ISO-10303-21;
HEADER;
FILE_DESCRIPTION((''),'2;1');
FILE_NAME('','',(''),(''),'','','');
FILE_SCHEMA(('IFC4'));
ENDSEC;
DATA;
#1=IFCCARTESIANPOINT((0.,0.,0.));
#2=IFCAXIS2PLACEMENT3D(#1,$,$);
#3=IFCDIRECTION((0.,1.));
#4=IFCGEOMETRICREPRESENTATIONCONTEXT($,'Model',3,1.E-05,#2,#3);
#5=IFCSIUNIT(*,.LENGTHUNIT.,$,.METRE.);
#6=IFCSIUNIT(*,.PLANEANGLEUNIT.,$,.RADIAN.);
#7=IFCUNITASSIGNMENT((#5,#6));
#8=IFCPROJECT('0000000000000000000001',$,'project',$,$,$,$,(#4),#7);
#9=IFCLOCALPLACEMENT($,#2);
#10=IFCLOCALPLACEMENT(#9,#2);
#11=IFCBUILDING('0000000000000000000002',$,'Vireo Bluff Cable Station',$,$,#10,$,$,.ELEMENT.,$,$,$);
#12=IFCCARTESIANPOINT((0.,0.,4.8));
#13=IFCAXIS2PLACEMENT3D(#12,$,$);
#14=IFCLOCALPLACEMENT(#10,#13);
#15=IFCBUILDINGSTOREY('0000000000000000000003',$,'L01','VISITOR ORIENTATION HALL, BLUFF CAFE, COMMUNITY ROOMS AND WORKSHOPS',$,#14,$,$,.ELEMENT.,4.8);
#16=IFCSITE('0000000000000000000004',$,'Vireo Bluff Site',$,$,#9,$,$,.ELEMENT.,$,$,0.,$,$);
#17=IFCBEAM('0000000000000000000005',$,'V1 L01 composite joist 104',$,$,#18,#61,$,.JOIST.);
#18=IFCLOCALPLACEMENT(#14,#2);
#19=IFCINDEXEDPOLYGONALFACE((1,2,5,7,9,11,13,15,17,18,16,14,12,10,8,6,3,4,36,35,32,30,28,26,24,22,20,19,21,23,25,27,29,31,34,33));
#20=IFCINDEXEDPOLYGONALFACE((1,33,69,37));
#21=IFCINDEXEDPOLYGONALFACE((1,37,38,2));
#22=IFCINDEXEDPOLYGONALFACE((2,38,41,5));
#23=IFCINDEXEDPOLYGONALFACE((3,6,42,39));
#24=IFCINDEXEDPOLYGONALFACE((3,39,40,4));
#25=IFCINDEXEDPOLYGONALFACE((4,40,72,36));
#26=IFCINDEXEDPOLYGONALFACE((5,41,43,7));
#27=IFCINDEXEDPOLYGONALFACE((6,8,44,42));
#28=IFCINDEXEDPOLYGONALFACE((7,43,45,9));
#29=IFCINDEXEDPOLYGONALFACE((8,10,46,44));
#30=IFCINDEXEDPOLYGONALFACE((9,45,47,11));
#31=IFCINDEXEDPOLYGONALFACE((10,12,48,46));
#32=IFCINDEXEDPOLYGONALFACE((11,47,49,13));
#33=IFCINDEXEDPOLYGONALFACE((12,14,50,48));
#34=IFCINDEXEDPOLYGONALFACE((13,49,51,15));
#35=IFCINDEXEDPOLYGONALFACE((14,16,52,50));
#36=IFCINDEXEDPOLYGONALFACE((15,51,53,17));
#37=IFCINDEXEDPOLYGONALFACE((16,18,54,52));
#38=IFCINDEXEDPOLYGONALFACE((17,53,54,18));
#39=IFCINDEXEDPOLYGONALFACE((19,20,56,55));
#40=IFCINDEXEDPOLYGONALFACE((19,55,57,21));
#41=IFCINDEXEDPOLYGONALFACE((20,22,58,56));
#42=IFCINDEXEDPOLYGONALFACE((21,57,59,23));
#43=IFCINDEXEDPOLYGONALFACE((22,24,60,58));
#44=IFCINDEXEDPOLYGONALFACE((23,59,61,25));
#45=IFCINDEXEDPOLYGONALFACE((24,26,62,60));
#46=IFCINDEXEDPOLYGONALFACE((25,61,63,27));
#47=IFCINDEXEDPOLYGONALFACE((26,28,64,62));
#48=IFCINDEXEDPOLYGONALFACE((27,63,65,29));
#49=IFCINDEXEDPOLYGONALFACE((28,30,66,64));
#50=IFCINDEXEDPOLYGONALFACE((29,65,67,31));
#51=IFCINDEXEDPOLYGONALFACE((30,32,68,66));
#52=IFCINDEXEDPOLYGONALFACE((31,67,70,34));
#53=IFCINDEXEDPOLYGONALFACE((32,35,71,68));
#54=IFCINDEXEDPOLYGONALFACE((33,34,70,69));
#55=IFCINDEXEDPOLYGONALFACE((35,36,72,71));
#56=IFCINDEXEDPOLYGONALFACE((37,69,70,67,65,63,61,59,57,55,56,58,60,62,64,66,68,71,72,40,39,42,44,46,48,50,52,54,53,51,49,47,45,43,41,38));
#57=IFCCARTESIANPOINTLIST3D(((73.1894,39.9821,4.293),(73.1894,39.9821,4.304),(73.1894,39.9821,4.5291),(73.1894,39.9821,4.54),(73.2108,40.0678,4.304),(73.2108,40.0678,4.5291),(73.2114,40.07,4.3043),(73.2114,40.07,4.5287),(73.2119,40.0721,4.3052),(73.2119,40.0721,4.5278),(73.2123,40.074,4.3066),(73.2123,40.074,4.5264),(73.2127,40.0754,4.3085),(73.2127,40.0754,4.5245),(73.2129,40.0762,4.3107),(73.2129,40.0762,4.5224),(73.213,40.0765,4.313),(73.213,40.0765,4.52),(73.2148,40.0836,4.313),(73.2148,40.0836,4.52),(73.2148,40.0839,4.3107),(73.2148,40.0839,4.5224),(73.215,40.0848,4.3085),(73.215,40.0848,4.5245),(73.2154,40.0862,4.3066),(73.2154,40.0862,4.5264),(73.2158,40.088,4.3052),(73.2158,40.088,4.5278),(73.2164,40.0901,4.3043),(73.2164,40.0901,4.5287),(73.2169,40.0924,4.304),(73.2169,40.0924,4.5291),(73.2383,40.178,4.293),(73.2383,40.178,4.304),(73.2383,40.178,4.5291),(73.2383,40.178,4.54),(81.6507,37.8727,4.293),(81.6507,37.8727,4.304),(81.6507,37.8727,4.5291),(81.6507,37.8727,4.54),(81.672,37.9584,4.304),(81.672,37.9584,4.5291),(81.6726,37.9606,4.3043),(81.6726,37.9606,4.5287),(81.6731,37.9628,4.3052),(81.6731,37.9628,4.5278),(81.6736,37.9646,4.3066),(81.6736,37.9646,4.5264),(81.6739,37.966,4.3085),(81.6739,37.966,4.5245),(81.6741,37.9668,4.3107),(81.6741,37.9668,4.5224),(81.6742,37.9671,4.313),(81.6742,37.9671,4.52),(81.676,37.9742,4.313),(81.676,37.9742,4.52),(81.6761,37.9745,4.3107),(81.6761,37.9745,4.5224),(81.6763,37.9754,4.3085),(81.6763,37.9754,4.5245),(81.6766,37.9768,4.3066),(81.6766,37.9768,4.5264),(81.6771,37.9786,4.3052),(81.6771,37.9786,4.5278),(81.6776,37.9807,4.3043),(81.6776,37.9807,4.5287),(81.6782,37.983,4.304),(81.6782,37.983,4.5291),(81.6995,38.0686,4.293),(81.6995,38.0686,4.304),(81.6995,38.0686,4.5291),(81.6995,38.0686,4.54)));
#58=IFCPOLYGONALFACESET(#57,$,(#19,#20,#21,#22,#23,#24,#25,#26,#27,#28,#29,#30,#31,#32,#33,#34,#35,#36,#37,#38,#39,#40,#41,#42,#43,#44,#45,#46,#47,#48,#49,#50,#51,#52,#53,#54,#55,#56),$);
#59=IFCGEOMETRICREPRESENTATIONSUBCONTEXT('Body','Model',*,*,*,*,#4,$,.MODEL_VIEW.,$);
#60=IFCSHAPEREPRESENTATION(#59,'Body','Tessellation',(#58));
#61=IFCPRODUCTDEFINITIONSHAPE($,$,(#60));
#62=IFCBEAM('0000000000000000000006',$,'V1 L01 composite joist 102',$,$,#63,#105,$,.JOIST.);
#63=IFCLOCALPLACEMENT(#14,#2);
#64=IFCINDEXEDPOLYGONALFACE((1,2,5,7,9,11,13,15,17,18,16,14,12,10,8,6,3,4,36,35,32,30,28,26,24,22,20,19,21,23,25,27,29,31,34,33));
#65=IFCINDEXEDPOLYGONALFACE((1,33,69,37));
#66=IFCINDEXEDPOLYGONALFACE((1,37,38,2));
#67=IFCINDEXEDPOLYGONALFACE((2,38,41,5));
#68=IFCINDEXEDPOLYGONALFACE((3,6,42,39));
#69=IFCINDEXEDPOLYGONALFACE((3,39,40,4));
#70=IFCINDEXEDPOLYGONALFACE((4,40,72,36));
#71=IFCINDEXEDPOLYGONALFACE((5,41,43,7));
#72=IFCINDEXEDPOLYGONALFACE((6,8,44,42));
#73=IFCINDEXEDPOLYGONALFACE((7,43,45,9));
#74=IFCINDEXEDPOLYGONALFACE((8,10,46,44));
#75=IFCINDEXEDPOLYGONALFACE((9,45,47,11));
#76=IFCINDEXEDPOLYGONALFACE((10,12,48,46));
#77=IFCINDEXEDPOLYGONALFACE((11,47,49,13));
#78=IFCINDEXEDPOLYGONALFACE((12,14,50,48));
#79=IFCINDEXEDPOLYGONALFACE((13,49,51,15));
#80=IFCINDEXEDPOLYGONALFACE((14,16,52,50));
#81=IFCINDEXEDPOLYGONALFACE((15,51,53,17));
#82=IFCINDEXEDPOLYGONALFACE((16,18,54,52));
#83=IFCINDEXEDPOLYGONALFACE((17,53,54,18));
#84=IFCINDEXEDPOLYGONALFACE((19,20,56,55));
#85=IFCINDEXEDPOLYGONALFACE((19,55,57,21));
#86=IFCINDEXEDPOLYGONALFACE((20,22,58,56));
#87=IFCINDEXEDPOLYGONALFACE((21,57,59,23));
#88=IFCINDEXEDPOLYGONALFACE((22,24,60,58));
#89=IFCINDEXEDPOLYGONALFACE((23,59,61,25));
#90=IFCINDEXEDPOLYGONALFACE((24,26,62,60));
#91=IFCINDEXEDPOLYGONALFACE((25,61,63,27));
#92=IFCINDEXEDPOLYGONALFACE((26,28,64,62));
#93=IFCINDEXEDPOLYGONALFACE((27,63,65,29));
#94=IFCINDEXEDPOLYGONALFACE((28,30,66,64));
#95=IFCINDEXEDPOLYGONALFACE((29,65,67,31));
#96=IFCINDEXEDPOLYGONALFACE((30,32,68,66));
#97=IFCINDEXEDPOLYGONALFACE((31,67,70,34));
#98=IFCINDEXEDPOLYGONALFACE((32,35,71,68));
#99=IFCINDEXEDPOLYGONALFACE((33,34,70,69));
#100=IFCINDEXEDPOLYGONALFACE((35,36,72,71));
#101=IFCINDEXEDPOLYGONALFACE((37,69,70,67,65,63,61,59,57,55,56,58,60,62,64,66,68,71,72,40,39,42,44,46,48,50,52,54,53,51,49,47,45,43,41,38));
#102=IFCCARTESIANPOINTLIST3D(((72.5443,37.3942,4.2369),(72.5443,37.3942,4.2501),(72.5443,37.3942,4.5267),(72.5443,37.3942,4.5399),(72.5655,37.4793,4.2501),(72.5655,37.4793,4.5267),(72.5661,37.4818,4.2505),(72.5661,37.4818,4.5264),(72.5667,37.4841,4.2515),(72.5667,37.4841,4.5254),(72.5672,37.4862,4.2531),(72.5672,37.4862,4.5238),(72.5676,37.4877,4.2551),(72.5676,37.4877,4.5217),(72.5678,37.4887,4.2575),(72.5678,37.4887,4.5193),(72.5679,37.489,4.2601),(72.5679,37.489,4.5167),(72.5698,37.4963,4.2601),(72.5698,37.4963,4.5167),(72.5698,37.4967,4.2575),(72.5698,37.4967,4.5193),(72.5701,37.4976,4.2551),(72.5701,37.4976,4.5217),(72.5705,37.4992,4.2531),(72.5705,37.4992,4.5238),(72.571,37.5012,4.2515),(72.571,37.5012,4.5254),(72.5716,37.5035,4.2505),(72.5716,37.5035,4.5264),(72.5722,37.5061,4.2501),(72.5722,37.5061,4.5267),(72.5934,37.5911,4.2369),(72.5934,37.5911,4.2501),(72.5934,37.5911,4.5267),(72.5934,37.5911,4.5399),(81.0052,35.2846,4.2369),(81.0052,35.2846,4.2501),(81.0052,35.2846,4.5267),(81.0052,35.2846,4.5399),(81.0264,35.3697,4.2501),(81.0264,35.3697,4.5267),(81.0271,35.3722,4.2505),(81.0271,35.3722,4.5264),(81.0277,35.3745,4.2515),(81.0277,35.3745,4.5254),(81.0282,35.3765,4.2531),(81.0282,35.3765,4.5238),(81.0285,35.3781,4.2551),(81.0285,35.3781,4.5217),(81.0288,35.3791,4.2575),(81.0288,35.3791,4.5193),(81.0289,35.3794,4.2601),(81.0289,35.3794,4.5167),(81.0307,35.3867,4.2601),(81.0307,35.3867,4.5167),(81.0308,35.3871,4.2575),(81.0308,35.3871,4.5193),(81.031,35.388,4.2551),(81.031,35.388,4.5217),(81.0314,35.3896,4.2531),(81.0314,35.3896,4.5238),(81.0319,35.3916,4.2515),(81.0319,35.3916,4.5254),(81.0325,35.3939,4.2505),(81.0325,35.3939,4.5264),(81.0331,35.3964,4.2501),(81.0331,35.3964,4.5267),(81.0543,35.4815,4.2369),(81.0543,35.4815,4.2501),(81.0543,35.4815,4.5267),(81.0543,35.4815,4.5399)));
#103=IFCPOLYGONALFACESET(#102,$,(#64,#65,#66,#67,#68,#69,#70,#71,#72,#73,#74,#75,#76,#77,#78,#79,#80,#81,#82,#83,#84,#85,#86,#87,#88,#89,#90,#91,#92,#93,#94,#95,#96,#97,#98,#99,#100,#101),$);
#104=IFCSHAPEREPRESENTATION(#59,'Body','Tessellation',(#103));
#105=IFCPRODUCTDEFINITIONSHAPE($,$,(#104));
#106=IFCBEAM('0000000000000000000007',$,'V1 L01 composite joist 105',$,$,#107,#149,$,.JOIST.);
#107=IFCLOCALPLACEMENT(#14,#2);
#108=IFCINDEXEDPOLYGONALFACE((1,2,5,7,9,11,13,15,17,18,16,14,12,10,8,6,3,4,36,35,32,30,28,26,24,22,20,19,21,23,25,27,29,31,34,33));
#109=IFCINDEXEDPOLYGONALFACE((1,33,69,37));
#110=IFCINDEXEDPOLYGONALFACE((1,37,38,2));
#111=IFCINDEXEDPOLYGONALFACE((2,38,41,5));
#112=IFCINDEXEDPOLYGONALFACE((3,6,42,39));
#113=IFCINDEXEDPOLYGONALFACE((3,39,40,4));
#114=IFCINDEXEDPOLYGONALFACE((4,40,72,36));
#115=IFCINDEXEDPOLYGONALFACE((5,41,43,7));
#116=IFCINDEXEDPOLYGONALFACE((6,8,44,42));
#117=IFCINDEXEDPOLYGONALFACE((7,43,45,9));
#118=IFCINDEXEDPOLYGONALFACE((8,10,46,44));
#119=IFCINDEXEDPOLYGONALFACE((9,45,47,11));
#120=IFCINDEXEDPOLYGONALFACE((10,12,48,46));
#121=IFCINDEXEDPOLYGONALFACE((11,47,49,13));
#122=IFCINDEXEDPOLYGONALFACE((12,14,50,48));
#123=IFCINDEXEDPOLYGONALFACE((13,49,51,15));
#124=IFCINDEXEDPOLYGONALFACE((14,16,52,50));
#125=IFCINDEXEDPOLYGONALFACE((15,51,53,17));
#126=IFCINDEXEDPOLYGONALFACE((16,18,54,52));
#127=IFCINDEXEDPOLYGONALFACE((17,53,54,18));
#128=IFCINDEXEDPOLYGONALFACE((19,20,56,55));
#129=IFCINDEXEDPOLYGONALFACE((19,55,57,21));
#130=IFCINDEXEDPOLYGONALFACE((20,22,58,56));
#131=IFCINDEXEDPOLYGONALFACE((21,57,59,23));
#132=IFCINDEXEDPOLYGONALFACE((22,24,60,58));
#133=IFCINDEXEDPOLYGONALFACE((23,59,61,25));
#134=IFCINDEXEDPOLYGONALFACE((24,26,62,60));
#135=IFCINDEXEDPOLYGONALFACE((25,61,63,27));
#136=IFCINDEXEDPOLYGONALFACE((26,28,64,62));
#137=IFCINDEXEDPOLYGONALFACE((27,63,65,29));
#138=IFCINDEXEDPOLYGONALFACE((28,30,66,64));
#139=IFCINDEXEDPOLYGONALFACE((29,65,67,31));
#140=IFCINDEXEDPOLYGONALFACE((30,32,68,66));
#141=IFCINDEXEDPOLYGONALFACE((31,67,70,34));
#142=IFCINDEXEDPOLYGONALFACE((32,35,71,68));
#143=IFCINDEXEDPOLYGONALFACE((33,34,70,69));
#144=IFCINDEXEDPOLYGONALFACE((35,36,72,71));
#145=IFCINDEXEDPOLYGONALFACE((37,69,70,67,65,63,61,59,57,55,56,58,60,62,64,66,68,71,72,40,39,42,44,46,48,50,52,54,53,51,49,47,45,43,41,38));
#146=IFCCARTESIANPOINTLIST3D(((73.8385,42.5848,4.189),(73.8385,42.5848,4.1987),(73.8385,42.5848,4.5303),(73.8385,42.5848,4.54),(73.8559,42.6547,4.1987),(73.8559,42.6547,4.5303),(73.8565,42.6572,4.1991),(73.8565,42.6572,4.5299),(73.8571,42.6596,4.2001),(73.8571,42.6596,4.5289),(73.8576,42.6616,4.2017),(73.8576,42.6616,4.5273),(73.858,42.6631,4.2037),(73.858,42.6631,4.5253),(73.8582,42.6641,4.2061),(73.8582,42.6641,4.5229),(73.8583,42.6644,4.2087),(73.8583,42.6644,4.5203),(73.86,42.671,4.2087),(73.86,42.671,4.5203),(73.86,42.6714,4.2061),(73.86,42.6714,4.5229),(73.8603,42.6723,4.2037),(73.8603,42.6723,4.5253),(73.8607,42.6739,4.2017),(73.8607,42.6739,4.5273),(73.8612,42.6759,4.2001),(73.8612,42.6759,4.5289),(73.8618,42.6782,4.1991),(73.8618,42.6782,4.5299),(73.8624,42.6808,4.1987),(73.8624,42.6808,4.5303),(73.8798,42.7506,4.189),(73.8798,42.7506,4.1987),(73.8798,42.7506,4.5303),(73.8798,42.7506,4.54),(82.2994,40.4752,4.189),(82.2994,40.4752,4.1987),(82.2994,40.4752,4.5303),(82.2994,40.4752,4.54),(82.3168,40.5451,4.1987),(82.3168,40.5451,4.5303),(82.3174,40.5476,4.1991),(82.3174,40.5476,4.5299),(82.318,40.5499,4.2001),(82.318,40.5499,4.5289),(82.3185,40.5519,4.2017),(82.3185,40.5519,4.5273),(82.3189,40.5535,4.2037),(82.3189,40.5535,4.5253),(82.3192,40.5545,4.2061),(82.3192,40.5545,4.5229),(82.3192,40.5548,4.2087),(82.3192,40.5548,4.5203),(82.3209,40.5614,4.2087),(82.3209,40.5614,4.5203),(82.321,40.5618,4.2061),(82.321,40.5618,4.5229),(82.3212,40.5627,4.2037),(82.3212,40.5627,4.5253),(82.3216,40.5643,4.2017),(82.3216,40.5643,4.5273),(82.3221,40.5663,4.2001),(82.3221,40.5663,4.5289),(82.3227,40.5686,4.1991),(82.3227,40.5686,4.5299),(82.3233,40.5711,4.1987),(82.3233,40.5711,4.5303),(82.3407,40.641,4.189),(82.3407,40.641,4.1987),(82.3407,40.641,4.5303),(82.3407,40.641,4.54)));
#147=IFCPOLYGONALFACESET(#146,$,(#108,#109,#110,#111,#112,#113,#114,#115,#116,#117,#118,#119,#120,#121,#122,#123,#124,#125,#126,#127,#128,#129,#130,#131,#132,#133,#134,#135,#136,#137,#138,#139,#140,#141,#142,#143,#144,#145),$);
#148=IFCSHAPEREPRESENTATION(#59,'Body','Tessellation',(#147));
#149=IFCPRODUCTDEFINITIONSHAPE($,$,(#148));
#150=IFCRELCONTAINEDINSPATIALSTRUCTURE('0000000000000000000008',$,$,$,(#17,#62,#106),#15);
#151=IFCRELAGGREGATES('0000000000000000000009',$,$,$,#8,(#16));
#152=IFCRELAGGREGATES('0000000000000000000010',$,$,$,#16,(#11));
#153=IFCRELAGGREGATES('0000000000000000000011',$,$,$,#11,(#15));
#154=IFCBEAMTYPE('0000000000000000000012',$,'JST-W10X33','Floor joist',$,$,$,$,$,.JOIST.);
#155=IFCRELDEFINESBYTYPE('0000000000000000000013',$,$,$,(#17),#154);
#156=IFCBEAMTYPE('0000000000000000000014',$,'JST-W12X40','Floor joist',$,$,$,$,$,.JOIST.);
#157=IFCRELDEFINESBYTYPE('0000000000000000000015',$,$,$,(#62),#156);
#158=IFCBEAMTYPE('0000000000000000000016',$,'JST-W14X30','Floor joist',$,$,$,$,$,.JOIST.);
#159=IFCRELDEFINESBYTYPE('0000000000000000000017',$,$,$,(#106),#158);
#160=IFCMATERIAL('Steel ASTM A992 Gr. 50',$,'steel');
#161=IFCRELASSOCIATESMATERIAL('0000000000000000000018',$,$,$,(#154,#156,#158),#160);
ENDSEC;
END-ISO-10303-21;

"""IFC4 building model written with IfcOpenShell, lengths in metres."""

from ifc_helpers import new_model, si_unit, direction, frame, origin, origin_2d, place, context, subcontext, project, spatial, i_section, extrude, material, material_profile, profile_set, type_object, element, save


model = new_model("IFC4")

# Units and contexts
model_context = context("Model", 3, precision=1e-05, world=origin(), true_north=direction((0.0, 1.0)))
body_context = subcontext(model_context, "Body", "Model", "MODEL_VIEW")
ifc_project = project(units=[si_unit("LENGTHUNIT", "METRE"), si_unit("PLANEANGLEUNIT", "RADIAN")], contexts=[model_context])

# Site, building, storey
site_placement = place(None, origin())
site = spatial("IfcSite", under=ifc_project, at=site_placement, Name="Vireo Bluff Site", CompositionType="ELEMENT", RefElevation=0.0)
building_placement = place(site_placement, origin())
building = spatial("IfcBuilding", under=site, at=building_placement, Name="Vireo Bluff Cable Station", CompositionType="ELEMENT")
storey_placement = place(building_placement, frame((0.0, 0.0, 4.8)))
storey = spatial("IfcBuildingStorey", under=building, at=storey_placement, Name="L01", Description="VISITOR ORIENTATION HALL, BLUFF CAFE, COMMUNITY ROOMS AND WORKSHOPS", CompositionType="ELEMENT", Elevation=4.8)

# Shared definitions
ifc_material_1 = material(Name="Steel ASTM A992 Gr. 50", Category="steel")

# Beams
ifc_material_profile_1 = material_profile(ifc_material_1, i_section(OverallWidth=0.2019, OverallDepth=0.2471, WebThickness=0.0073, FlangeThickness=0.011, FilletRadius=0.009, at=origin_2d()), Name="W10X33")
ifc_profile_set_1 = profile_set([ifc_material_profile_1], Name="Steel ASTM A992 Gr. 50")
beam_type_1 = type_object("IfcBeamType", Name="JST-W10X33", Description="Floor joist", PredefinedType="JOIST", material=ifc_profile_set_1)
beam_1_placement = place(storey_placement, frame((73.2139, 40.0801, 4.4165), z_axis=(0.970302, -0.241897, 0.0), x_axis=(0.241897, 0.970302, 0.0)))
element("IfcBeam", 1, at=beam_1_placement, inside=storey, type_object=beam_type_1, Name="V1 L01 composite joist 104", PredefinedType="JOIST", context=body_context, shape_type="SweptSolid", body=[
    extrude(i_section(OverallWidth=0.2019, OverallDepth=0.2471, WebThickness=0.0073, FlangeThickness=0.011, FilletRadius=0.009, at=origin_2d()), origin(), (0.0, 0.0, 1.0), 8.7202),
])
ifc_material_profile_2 = material_profile(ifc_material_1, i_section(OverallWidth=0.2029, OverallDepth=0.303, WebThickness=0.0076, FlangeThickness=0.0132, FilletRadius=0.01, at=origin_2d()), Name="W12X40")
ifc_profile_set_2 = profile_set([ifc_material_profile_2], Name="Steel ASTM A992 Gr. 50")
beam_type_2 = type_object("IfcBeamType", Name="JST-W12X40", Description="Floor joist", PredefinedType="JOIST", material=ifc_profile_set_2)
beam_2_placement = place(storey_placement, frame((72.5688, 37.4927, 4.3884), z_axis=(0.970294, -0.24193, 0.0), x_axis=(0.24193, 0.970294, 0.0)))
element("IfcBeam", 2, at=beam_2_placement, inside=storey, type_object=beam_type_2, Name="V1 L01 composite joist 102", PredefinedType="JOIST", context=body_context, shape_type="SweptSolid", body=[
    extrude(i_section(OverallWidth=0.2029, OverallDepth=0.303, WebThickness=0.0076, FlangeThickness=0.0132, FilletRadius=0.01, at=origin_2d()), origin(), (0.0, 0.0, 1.0), 8.72),
])
ifc_material_profile_3 = material_profile(ifc_material_1, i_section(OverallWidth=0.1709, OverallDepth=0.3511, WebThickness=0.0068, FlangeThickness=0.0098, FilletRadius=0.01, at=origin_2d()), Name="W14X30")
ifc_profile_set_3 = profile_set([ifc_material_profile_3], Name="Steel ASTM A992 Gr. 50")
beam_type_3 = type_object("IfcBeamType", Name="JST-W14X30", Description="Floor joist", PredefinedType="JOIST", material=ifc_profile_set_3)
beam_3_placement = place(storey_placement, frame((73.8591, 42.6677, 4.3645), z_axis=(0.970294, -0.24193, 0.0), x_axis=(0.24193, 0.970294, 0.0)))
element("IfcBeam", 3, at=beam_3_placement, inside=storey, type_object=beam_type_3, Name="V1 L01 composite joist 105", PredefinedType="JOIST", context=body_context, shape_type="SweptSolid", body=[
    extrude(i_section(OverallWidth=0.1709, OverallDepth=0.3511, WebThickness=0.0068, FlangeThickness=0.0098, FilletRadius=0.01, at=origin_2d()), origin(), (0.0, 0.0, 1.0), 8.72),
])

save(model, "model.ifc")
